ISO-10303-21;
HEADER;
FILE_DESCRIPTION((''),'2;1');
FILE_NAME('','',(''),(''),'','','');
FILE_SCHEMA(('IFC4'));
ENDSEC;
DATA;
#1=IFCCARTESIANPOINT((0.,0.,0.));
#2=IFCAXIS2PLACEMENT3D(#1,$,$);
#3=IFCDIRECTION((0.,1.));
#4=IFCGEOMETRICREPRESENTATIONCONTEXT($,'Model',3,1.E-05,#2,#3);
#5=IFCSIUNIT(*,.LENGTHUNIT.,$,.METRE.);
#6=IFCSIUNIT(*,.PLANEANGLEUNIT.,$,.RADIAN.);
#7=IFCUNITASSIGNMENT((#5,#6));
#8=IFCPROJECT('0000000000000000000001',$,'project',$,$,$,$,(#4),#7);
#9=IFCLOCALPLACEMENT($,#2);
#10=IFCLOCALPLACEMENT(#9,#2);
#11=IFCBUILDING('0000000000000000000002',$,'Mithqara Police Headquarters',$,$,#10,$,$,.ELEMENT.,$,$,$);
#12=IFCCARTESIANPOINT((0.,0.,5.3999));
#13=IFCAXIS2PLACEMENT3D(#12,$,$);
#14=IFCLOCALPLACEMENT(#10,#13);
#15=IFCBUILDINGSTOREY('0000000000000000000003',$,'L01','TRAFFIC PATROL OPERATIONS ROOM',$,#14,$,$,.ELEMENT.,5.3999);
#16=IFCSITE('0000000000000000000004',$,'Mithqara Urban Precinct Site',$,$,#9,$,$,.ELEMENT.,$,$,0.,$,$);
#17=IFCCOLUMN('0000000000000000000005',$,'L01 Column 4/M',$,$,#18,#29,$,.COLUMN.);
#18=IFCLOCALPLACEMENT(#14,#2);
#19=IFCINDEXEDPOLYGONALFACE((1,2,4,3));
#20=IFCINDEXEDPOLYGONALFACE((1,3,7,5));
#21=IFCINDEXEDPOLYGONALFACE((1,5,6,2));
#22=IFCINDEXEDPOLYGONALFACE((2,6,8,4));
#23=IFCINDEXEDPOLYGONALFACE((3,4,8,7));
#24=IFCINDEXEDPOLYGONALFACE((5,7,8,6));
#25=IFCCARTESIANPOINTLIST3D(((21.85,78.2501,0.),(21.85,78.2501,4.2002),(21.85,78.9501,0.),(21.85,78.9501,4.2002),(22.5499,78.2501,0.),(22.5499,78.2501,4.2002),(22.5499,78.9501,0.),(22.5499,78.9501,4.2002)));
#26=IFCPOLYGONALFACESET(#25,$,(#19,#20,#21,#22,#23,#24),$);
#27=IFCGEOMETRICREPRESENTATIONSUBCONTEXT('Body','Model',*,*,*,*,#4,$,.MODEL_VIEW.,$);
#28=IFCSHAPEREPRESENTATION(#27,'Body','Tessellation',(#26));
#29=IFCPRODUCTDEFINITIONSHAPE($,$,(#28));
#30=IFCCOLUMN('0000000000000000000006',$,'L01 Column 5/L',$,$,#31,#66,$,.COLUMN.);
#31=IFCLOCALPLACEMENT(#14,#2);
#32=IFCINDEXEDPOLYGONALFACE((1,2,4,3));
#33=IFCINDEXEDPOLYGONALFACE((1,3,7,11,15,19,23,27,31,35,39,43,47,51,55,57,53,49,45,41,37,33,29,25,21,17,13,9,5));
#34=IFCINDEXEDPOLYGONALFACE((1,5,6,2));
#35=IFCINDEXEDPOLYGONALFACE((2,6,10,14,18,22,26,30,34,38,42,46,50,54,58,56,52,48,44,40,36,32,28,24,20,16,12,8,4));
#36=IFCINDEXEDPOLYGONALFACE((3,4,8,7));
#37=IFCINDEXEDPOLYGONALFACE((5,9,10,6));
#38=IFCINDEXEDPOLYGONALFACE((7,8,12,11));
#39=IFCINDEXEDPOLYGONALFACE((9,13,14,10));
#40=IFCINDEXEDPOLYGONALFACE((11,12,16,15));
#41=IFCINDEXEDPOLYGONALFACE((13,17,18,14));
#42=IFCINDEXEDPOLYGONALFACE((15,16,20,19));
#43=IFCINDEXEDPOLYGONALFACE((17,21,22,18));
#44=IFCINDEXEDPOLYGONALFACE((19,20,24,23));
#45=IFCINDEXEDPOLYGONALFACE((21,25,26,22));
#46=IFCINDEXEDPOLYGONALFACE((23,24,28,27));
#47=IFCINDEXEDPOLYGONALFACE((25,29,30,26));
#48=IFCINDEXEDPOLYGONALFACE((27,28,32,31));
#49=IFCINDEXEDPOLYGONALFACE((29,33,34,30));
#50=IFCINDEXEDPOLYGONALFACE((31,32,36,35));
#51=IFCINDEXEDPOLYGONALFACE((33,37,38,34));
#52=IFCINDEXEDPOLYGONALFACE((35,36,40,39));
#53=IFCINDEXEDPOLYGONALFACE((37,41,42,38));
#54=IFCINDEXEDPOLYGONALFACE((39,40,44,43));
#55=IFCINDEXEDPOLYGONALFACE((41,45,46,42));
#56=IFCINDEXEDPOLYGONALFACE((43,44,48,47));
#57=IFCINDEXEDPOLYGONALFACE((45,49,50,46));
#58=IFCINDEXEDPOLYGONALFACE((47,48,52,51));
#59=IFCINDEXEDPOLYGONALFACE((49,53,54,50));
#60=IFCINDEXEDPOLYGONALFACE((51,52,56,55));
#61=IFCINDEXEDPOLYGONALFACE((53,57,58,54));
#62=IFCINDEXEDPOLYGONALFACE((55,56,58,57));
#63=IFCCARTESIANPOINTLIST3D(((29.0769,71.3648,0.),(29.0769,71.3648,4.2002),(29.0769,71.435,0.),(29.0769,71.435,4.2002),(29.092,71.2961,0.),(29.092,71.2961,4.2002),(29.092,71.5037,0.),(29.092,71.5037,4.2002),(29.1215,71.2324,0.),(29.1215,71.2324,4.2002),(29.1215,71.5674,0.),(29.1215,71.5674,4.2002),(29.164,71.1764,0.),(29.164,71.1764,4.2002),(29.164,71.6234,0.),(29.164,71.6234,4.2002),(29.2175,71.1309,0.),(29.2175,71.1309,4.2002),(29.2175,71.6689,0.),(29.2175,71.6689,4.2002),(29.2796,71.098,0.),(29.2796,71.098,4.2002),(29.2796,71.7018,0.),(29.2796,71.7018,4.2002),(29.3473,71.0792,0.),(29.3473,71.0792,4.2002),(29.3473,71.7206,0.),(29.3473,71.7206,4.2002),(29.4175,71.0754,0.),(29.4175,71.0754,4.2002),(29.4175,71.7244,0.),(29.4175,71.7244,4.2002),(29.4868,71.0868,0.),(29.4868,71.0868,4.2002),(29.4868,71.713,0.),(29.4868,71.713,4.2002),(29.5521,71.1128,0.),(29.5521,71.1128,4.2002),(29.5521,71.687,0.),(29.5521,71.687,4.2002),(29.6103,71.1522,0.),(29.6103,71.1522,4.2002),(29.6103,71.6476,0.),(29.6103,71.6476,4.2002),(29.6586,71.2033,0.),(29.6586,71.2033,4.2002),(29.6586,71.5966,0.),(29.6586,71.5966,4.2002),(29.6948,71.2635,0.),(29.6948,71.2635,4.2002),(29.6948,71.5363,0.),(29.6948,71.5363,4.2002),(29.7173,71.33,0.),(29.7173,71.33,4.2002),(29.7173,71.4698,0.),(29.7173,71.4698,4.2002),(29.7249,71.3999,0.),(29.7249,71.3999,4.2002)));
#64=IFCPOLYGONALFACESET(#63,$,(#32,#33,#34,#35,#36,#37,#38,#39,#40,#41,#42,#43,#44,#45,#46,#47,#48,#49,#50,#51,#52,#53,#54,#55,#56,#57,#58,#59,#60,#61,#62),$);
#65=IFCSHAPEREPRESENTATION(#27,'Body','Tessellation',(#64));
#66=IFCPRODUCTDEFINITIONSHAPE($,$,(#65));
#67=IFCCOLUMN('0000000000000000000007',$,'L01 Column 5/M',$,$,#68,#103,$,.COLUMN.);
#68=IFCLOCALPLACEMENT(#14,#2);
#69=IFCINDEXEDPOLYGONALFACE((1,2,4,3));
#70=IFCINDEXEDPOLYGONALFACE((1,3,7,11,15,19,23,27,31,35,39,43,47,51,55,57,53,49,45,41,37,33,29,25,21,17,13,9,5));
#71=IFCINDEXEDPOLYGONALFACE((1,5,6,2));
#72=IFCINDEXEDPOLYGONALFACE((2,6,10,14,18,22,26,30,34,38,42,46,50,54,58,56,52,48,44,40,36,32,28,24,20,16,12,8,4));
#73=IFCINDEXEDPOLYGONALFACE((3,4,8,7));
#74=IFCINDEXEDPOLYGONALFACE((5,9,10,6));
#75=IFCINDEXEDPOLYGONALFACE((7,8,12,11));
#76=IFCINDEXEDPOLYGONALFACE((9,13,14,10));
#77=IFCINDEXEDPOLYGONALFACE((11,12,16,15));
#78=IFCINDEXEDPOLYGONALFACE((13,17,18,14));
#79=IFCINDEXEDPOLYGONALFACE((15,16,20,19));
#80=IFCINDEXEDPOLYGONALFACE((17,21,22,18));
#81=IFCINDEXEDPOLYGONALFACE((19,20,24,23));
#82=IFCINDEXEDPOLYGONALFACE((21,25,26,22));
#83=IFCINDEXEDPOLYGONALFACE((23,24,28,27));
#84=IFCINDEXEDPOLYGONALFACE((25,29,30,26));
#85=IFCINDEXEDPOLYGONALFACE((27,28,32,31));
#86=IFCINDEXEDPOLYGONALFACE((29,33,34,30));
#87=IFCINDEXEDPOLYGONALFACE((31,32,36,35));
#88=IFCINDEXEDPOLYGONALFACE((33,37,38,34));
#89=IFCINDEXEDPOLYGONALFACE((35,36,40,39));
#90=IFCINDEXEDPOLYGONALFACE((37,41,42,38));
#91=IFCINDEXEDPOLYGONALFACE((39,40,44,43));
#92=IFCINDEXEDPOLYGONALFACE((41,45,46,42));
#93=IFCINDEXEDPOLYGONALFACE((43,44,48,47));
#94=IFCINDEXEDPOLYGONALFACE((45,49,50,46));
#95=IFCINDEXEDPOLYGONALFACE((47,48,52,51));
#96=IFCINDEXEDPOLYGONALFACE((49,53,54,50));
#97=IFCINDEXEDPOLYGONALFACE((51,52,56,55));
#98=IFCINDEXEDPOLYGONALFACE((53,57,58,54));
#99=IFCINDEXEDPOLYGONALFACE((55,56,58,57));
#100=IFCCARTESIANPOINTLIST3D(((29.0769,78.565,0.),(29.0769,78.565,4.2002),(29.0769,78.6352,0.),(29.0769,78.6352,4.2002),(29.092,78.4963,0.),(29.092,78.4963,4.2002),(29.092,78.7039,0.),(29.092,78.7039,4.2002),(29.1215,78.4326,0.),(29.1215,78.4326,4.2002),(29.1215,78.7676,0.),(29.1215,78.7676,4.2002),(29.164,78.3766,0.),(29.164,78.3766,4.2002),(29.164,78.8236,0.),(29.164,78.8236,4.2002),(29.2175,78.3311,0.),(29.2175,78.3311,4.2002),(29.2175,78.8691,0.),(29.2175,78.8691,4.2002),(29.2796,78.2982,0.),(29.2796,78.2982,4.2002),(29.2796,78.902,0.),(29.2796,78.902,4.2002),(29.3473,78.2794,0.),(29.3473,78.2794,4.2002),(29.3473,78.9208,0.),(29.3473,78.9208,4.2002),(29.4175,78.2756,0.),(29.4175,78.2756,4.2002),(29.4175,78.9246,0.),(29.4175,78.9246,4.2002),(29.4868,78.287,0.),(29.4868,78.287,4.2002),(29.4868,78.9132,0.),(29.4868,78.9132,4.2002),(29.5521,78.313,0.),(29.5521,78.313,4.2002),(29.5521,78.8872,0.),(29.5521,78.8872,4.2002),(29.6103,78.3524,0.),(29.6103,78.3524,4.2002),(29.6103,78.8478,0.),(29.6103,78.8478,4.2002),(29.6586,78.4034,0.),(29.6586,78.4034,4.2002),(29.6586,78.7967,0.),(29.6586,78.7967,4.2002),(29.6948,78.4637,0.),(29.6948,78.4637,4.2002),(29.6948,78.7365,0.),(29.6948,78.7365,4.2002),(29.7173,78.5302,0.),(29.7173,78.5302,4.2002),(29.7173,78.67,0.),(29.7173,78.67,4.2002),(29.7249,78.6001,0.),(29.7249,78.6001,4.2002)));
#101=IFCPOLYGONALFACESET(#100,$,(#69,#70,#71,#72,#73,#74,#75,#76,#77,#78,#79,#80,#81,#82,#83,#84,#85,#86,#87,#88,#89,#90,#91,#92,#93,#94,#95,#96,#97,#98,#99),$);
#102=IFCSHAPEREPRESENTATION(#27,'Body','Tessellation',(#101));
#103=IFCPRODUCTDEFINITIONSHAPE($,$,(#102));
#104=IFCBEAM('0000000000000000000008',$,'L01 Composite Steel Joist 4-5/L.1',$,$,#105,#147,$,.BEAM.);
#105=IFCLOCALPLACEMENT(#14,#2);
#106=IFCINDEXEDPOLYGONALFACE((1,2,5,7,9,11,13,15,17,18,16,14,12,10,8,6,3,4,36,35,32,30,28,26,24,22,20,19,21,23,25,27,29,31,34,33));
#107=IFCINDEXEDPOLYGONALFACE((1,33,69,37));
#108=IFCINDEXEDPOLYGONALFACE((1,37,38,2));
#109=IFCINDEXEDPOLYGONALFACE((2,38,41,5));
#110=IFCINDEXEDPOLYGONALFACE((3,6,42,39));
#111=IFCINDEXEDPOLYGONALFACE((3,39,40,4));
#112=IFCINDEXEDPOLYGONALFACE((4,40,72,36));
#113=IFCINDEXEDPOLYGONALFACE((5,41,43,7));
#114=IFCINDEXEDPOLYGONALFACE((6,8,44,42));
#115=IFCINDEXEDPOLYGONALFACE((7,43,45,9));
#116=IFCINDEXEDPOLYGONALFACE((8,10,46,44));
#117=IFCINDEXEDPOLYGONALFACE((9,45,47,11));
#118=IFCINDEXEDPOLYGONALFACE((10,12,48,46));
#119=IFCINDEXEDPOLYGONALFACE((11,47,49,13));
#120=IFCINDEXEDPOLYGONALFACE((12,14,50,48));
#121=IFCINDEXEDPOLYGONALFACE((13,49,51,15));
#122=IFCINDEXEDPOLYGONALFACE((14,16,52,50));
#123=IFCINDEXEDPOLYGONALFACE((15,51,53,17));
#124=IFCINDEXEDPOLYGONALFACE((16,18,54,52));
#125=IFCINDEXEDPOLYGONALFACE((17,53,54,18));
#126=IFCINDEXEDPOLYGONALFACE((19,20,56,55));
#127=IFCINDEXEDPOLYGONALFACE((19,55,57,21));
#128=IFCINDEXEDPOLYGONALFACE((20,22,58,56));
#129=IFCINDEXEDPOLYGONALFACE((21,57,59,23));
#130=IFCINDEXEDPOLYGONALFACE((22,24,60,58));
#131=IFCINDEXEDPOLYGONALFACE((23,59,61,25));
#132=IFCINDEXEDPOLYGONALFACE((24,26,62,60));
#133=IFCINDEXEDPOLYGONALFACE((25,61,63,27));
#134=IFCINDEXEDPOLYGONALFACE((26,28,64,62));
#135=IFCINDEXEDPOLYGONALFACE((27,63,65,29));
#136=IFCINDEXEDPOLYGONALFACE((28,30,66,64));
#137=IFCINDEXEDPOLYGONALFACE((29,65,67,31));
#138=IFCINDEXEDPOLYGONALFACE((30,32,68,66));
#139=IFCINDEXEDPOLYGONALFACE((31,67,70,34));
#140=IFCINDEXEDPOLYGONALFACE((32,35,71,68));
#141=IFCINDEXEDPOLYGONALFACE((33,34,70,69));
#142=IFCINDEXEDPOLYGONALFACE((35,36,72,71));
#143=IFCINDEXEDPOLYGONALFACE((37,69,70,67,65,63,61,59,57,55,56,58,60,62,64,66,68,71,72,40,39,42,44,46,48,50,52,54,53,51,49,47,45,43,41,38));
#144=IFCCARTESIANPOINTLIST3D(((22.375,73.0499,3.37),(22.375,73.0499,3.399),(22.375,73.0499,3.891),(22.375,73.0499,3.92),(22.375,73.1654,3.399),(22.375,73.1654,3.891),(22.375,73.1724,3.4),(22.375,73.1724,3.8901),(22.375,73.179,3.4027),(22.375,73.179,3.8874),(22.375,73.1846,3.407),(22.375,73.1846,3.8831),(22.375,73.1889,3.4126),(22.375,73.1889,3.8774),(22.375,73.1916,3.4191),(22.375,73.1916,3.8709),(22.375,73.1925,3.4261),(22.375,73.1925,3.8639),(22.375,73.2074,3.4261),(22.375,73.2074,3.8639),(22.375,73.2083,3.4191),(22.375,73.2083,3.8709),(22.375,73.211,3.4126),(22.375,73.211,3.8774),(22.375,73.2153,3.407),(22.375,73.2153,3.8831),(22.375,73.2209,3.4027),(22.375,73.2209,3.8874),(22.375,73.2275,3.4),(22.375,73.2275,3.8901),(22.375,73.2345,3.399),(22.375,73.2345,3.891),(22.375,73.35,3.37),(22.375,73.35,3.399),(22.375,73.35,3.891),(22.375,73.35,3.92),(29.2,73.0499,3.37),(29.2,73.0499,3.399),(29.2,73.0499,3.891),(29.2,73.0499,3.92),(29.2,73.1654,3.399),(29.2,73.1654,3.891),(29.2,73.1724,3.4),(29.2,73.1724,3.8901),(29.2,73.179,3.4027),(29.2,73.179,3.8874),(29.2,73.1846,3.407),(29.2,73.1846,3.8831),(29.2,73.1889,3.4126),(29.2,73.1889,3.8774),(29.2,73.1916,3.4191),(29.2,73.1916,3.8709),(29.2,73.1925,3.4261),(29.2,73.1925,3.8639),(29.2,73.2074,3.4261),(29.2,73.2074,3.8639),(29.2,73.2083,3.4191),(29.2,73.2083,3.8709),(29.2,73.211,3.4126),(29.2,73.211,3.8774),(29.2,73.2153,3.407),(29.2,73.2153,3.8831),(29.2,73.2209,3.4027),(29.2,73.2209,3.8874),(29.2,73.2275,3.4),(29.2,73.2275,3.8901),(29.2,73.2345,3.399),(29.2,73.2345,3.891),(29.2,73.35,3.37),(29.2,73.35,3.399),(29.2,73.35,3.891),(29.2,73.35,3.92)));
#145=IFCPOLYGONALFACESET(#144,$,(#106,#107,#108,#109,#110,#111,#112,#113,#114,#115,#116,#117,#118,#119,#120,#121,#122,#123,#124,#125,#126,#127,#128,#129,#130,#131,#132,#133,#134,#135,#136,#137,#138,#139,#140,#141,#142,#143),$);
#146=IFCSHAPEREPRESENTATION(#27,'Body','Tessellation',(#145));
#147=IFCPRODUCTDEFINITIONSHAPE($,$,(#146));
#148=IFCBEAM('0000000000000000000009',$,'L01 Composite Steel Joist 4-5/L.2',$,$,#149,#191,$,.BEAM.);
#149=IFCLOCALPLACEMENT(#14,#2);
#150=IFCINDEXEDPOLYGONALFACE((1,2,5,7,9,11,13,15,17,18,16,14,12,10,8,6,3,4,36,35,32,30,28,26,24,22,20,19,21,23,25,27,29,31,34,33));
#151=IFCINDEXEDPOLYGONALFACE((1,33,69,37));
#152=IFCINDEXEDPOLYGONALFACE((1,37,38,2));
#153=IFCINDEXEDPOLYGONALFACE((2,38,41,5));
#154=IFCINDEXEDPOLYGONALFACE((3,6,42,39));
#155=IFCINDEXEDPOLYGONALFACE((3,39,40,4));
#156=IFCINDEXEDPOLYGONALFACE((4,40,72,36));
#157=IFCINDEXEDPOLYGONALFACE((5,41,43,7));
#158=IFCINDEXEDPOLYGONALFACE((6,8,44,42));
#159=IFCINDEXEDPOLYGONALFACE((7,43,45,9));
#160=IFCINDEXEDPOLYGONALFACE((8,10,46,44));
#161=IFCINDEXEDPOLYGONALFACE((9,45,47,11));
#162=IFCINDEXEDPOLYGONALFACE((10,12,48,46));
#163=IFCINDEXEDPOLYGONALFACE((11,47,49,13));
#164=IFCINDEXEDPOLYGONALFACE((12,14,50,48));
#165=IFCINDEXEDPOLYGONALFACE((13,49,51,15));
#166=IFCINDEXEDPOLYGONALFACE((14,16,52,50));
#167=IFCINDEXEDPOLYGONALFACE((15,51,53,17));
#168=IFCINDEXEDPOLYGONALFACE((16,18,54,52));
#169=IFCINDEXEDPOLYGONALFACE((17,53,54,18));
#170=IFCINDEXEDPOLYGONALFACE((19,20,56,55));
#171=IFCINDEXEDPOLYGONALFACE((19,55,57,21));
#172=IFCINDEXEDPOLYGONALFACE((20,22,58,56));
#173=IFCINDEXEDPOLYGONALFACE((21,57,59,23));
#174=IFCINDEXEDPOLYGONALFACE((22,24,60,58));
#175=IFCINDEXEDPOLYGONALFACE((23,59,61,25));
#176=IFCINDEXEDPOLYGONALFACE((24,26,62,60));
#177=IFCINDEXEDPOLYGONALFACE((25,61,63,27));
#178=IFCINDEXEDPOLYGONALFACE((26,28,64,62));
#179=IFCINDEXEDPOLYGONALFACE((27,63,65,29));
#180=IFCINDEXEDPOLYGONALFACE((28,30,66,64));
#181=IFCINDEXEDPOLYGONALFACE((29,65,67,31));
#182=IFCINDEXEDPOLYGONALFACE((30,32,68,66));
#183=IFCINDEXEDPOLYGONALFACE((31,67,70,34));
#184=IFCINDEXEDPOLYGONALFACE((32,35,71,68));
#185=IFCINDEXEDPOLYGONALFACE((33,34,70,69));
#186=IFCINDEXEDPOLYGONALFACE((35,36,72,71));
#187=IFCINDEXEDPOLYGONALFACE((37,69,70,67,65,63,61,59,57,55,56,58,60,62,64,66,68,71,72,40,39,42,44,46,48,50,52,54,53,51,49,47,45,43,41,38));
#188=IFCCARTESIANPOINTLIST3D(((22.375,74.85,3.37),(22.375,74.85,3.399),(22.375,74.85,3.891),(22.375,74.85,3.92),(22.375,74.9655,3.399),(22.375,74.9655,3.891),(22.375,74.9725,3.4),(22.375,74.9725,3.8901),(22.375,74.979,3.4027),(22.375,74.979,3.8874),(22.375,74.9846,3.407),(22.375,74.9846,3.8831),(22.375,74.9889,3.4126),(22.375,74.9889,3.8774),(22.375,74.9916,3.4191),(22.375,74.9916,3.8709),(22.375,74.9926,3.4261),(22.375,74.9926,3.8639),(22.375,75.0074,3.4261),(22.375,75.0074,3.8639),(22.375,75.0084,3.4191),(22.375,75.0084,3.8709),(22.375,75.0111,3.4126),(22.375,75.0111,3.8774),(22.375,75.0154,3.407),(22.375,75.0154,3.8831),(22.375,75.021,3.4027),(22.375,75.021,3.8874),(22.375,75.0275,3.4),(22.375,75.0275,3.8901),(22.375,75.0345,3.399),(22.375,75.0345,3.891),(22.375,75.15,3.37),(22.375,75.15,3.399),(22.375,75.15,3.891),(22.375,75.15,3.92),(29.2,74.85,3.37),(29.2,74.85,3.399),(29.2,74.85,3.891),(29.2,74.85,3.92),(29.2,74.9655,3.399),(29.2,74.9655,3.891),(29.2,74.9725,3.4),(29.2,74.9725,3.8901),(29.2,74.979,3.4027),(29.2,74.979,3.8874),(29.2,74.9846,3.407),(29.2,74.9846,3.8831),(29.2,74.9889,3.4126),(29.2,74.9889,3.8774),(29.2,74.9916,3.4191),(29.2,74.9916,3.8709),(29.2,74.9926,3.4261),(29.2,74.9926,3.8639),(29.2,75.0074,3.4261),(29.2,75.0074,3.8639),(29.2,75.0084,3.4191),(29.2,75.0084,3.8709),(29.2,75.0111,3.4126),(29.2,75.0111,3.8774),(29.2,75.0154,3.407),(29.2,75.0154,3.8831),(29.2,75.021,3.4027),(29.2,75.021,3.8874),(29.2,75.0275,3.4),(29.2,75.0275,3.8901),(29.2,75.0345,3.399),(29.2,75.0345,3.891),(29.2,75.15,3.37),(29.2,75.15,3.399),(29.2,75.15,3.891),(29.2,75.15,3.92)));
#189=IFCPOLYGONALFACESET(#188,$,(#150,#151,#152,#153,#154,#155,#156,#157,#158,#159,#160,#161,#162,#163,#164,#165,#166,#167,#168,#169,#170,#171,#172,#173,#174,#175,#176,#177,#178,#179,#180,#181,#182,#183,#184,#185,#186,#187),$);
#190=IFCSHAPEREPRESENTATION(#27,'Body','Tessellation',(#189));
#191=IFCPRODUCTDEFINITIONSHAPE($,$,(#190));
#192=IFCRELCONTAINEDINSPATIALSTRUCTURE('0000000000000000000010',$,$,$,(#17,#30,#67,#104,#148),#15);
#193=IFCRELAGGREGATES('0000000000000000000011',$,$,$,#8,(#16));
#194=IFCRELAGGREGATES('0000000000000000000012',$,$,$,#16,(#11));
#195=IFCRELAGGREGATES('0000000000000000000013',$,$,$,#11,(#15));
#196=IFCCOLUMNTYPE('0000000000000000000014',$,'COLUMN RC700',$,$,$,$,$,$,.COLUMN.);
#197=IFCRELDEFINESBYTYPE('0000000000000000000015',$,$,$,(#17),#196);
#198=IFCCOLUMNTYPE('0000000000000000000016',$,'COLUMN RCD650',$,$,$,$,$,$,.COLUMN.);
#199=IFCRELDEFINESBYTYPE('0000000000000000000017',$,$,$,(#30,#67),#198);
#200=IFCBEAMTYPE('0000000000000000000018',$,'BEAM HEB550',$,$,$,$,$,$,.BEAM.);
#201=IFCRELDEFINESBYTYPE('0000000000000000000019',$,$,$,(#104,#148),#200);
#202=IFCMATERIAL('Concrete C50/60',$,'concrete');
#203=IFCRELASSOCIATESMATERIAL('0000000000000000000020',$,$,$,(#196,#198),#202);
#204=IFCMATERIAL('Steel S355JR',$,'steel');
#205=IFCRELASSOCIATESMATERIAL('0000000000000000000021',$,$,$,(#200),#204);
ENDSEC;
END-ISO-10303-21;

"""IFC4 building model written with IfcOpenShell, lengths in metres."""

from ifc_helpers import new_model, si_unit, direction, frame, origin, origin_2d, place, context, subcontext, project, spatial, rectangle, circle, i_section, extrude, material, material_profile, profile_set, type_object, element, save


model = new_model("IFC4")

# Units and contexts
model_context = context("Model", 3, precision=1e-05, world=origin(), true_north=direction((0.0, 1.0)))
body_context = subcontext(model_context, "Body", "Model", "MODEL_VIEW")
ifc_project = project(units=[si_unit("LENGTHUNIT", "METRE"), si_unit("PLANEANGLEUNIT", "RADIAN")], contexts=[model_context])

# Site, building, storey
site_placement = place(None, origin())
site = spatial("IfcSite", under=ifc_project, at=site_placement, Name="Mithqara Urban Precinct Site", CompositionType="ELEMENT", RefElevation=0.0)
building_placement = place(site_placement, origin())
building = spatial("IfcBuilding", under=site, at=building_placement, Name="Mithqara Police Headquarters", CompositionType="ELEMENT")
storey_placement = place(building_placement, frame((0.0, 0.0, 5.3999)))
storey = spatial("IfcBuildingStorey", under=building, at=storey_placement, Name="L01", Description="TRAFFIC PATROL OPERATIONS ROOM", CompositionType="ELEMENT", Elevation=5.3999)

# Columns
ifc_material_1 = material(Name="Concrete C50/60", Category="concrete")
ifc_material_profile_1 = material_profile(ifc_material_1, rectangle(XDim=0.7, YDim=0.7, at=origin_2d()), Name="RC 700x700")
ifc_profile_set_1 = profile_set([ifc_material_profile_1], Name="Concrete C50/60")
column_type_1 = type_object("IfcColumnType", Name="COLUMN RC700", PredefinedType="COLUMN", material=ifc_profile_set_1)
column_placement = place(storey_placement, frame((22.2, 78.6001, 0.0), z_axis=(0.0, 0.0, 1.0), x_axis=(1.0, 0.0, 0.0)))
element("IfcColumn", 1, at=column_placement, inside=storey, type_object=column_type_1, Name="L01 Column 4/M", PredefinedType="COLUMN", context=body_context, shape_type="SweptSolid", body=[
    extrude(rectangle(XDim=0.7, YDim=0.7, at=origin_2d()), origin(), (0.0, 0.0, 1.0), 4.2002),
])
ifc_material_profile_2 = material_profile(ifc_material_1, circle(Radius=0.325, at=origin_2d()), Name="RCD 650")
ifc_profile_set_2 = profile_set([ifc_material_profile_2], Name="Concrete C50/60")
column_type_2 = type_object("IfcColumnType", Name="COLUMN RCD650", PredefinedType="COLUMN", material=ifc_profile_set_2)
for number, where, z_axis, x_axis, name in (
    (2, (29.3999, 71.3999, 0.0), (0.0, 0.0, 1.0), (1.0, 0.0, 0.0), "L01 Column 5/L"),
    (3, (29.3999, 78.6001, 0.0), (0.0, 0.0, 1.0), (1.0, 0.0, 0.0), "L01 Column 5/M"),
):
    element("IfcColumn", number, at=place(storey_placement, frame(where, z_axis=z_axis, x_axis=x_axis)), inside=storey, type_object=column_type_2, Name=name, PredefinedType="COLUMN", context=body_context, shape_type="SweptSolid", body=[
        extrude(circle(Radius=0.325, at=origin_2d()), origin(), (0.0, 0.0, 1.0), 4.2002),
    ])

# Beams
ifc_material_2 = material(Name="Steel S355JR", Category="steel")
ifc_material_profile_3 = material_profile(ifc_material_2, i_section(OverallWidth=0.3, OverallDepth=0.55, WebThickness=0.0149, FlangeThickness=0.0291, FilletRadius=0.0271, at=origin_2d()), Name="HEB 550")
ifc_profile_set_3 = profile_set([ifc_material_profile_3], Name="Steel S355JR")
beam_type_1 = type_object("IfcBeamType", Name="BEAM HEB550", PredefinedType="BEAM", material=ifc_profile_set_3)
for number, where, z_axis, x_axis, name in (
    (4, (22.375, 73.2, 3.645), (1.0, 0.0, 0.0), (0.0, 1.0, 0.0), "L01 Composite Steel Joist 4-5/L.1"),
    (5, (22.375, 75.0, 3.645), (1.0, 0.0, 0.0), (0.0, 1.0, 0.0), "L01 Composite Steel Joist 4-5/L.2"),
):
    element("IfcBeam", number, at=place(storey_placement, frame(where, z_axis=z_axis, x_axis=x_axis)), inside=storey, type_object=beam_type_1, Name=name, PredefinedType="BEAM", context=body_context, shape_type="SweptSolid", body=[
        extrude(i_section(OverallWidth=0.3, OverallDepth=0.55, WebThickness=0.0149, FlangeThickness=0.0291, FilletRadius=0.0271, at=origin_2d()), origin(), (0.0, 0.0, 1.0), 6.825),
    ])

save(model, "model.ifc")
